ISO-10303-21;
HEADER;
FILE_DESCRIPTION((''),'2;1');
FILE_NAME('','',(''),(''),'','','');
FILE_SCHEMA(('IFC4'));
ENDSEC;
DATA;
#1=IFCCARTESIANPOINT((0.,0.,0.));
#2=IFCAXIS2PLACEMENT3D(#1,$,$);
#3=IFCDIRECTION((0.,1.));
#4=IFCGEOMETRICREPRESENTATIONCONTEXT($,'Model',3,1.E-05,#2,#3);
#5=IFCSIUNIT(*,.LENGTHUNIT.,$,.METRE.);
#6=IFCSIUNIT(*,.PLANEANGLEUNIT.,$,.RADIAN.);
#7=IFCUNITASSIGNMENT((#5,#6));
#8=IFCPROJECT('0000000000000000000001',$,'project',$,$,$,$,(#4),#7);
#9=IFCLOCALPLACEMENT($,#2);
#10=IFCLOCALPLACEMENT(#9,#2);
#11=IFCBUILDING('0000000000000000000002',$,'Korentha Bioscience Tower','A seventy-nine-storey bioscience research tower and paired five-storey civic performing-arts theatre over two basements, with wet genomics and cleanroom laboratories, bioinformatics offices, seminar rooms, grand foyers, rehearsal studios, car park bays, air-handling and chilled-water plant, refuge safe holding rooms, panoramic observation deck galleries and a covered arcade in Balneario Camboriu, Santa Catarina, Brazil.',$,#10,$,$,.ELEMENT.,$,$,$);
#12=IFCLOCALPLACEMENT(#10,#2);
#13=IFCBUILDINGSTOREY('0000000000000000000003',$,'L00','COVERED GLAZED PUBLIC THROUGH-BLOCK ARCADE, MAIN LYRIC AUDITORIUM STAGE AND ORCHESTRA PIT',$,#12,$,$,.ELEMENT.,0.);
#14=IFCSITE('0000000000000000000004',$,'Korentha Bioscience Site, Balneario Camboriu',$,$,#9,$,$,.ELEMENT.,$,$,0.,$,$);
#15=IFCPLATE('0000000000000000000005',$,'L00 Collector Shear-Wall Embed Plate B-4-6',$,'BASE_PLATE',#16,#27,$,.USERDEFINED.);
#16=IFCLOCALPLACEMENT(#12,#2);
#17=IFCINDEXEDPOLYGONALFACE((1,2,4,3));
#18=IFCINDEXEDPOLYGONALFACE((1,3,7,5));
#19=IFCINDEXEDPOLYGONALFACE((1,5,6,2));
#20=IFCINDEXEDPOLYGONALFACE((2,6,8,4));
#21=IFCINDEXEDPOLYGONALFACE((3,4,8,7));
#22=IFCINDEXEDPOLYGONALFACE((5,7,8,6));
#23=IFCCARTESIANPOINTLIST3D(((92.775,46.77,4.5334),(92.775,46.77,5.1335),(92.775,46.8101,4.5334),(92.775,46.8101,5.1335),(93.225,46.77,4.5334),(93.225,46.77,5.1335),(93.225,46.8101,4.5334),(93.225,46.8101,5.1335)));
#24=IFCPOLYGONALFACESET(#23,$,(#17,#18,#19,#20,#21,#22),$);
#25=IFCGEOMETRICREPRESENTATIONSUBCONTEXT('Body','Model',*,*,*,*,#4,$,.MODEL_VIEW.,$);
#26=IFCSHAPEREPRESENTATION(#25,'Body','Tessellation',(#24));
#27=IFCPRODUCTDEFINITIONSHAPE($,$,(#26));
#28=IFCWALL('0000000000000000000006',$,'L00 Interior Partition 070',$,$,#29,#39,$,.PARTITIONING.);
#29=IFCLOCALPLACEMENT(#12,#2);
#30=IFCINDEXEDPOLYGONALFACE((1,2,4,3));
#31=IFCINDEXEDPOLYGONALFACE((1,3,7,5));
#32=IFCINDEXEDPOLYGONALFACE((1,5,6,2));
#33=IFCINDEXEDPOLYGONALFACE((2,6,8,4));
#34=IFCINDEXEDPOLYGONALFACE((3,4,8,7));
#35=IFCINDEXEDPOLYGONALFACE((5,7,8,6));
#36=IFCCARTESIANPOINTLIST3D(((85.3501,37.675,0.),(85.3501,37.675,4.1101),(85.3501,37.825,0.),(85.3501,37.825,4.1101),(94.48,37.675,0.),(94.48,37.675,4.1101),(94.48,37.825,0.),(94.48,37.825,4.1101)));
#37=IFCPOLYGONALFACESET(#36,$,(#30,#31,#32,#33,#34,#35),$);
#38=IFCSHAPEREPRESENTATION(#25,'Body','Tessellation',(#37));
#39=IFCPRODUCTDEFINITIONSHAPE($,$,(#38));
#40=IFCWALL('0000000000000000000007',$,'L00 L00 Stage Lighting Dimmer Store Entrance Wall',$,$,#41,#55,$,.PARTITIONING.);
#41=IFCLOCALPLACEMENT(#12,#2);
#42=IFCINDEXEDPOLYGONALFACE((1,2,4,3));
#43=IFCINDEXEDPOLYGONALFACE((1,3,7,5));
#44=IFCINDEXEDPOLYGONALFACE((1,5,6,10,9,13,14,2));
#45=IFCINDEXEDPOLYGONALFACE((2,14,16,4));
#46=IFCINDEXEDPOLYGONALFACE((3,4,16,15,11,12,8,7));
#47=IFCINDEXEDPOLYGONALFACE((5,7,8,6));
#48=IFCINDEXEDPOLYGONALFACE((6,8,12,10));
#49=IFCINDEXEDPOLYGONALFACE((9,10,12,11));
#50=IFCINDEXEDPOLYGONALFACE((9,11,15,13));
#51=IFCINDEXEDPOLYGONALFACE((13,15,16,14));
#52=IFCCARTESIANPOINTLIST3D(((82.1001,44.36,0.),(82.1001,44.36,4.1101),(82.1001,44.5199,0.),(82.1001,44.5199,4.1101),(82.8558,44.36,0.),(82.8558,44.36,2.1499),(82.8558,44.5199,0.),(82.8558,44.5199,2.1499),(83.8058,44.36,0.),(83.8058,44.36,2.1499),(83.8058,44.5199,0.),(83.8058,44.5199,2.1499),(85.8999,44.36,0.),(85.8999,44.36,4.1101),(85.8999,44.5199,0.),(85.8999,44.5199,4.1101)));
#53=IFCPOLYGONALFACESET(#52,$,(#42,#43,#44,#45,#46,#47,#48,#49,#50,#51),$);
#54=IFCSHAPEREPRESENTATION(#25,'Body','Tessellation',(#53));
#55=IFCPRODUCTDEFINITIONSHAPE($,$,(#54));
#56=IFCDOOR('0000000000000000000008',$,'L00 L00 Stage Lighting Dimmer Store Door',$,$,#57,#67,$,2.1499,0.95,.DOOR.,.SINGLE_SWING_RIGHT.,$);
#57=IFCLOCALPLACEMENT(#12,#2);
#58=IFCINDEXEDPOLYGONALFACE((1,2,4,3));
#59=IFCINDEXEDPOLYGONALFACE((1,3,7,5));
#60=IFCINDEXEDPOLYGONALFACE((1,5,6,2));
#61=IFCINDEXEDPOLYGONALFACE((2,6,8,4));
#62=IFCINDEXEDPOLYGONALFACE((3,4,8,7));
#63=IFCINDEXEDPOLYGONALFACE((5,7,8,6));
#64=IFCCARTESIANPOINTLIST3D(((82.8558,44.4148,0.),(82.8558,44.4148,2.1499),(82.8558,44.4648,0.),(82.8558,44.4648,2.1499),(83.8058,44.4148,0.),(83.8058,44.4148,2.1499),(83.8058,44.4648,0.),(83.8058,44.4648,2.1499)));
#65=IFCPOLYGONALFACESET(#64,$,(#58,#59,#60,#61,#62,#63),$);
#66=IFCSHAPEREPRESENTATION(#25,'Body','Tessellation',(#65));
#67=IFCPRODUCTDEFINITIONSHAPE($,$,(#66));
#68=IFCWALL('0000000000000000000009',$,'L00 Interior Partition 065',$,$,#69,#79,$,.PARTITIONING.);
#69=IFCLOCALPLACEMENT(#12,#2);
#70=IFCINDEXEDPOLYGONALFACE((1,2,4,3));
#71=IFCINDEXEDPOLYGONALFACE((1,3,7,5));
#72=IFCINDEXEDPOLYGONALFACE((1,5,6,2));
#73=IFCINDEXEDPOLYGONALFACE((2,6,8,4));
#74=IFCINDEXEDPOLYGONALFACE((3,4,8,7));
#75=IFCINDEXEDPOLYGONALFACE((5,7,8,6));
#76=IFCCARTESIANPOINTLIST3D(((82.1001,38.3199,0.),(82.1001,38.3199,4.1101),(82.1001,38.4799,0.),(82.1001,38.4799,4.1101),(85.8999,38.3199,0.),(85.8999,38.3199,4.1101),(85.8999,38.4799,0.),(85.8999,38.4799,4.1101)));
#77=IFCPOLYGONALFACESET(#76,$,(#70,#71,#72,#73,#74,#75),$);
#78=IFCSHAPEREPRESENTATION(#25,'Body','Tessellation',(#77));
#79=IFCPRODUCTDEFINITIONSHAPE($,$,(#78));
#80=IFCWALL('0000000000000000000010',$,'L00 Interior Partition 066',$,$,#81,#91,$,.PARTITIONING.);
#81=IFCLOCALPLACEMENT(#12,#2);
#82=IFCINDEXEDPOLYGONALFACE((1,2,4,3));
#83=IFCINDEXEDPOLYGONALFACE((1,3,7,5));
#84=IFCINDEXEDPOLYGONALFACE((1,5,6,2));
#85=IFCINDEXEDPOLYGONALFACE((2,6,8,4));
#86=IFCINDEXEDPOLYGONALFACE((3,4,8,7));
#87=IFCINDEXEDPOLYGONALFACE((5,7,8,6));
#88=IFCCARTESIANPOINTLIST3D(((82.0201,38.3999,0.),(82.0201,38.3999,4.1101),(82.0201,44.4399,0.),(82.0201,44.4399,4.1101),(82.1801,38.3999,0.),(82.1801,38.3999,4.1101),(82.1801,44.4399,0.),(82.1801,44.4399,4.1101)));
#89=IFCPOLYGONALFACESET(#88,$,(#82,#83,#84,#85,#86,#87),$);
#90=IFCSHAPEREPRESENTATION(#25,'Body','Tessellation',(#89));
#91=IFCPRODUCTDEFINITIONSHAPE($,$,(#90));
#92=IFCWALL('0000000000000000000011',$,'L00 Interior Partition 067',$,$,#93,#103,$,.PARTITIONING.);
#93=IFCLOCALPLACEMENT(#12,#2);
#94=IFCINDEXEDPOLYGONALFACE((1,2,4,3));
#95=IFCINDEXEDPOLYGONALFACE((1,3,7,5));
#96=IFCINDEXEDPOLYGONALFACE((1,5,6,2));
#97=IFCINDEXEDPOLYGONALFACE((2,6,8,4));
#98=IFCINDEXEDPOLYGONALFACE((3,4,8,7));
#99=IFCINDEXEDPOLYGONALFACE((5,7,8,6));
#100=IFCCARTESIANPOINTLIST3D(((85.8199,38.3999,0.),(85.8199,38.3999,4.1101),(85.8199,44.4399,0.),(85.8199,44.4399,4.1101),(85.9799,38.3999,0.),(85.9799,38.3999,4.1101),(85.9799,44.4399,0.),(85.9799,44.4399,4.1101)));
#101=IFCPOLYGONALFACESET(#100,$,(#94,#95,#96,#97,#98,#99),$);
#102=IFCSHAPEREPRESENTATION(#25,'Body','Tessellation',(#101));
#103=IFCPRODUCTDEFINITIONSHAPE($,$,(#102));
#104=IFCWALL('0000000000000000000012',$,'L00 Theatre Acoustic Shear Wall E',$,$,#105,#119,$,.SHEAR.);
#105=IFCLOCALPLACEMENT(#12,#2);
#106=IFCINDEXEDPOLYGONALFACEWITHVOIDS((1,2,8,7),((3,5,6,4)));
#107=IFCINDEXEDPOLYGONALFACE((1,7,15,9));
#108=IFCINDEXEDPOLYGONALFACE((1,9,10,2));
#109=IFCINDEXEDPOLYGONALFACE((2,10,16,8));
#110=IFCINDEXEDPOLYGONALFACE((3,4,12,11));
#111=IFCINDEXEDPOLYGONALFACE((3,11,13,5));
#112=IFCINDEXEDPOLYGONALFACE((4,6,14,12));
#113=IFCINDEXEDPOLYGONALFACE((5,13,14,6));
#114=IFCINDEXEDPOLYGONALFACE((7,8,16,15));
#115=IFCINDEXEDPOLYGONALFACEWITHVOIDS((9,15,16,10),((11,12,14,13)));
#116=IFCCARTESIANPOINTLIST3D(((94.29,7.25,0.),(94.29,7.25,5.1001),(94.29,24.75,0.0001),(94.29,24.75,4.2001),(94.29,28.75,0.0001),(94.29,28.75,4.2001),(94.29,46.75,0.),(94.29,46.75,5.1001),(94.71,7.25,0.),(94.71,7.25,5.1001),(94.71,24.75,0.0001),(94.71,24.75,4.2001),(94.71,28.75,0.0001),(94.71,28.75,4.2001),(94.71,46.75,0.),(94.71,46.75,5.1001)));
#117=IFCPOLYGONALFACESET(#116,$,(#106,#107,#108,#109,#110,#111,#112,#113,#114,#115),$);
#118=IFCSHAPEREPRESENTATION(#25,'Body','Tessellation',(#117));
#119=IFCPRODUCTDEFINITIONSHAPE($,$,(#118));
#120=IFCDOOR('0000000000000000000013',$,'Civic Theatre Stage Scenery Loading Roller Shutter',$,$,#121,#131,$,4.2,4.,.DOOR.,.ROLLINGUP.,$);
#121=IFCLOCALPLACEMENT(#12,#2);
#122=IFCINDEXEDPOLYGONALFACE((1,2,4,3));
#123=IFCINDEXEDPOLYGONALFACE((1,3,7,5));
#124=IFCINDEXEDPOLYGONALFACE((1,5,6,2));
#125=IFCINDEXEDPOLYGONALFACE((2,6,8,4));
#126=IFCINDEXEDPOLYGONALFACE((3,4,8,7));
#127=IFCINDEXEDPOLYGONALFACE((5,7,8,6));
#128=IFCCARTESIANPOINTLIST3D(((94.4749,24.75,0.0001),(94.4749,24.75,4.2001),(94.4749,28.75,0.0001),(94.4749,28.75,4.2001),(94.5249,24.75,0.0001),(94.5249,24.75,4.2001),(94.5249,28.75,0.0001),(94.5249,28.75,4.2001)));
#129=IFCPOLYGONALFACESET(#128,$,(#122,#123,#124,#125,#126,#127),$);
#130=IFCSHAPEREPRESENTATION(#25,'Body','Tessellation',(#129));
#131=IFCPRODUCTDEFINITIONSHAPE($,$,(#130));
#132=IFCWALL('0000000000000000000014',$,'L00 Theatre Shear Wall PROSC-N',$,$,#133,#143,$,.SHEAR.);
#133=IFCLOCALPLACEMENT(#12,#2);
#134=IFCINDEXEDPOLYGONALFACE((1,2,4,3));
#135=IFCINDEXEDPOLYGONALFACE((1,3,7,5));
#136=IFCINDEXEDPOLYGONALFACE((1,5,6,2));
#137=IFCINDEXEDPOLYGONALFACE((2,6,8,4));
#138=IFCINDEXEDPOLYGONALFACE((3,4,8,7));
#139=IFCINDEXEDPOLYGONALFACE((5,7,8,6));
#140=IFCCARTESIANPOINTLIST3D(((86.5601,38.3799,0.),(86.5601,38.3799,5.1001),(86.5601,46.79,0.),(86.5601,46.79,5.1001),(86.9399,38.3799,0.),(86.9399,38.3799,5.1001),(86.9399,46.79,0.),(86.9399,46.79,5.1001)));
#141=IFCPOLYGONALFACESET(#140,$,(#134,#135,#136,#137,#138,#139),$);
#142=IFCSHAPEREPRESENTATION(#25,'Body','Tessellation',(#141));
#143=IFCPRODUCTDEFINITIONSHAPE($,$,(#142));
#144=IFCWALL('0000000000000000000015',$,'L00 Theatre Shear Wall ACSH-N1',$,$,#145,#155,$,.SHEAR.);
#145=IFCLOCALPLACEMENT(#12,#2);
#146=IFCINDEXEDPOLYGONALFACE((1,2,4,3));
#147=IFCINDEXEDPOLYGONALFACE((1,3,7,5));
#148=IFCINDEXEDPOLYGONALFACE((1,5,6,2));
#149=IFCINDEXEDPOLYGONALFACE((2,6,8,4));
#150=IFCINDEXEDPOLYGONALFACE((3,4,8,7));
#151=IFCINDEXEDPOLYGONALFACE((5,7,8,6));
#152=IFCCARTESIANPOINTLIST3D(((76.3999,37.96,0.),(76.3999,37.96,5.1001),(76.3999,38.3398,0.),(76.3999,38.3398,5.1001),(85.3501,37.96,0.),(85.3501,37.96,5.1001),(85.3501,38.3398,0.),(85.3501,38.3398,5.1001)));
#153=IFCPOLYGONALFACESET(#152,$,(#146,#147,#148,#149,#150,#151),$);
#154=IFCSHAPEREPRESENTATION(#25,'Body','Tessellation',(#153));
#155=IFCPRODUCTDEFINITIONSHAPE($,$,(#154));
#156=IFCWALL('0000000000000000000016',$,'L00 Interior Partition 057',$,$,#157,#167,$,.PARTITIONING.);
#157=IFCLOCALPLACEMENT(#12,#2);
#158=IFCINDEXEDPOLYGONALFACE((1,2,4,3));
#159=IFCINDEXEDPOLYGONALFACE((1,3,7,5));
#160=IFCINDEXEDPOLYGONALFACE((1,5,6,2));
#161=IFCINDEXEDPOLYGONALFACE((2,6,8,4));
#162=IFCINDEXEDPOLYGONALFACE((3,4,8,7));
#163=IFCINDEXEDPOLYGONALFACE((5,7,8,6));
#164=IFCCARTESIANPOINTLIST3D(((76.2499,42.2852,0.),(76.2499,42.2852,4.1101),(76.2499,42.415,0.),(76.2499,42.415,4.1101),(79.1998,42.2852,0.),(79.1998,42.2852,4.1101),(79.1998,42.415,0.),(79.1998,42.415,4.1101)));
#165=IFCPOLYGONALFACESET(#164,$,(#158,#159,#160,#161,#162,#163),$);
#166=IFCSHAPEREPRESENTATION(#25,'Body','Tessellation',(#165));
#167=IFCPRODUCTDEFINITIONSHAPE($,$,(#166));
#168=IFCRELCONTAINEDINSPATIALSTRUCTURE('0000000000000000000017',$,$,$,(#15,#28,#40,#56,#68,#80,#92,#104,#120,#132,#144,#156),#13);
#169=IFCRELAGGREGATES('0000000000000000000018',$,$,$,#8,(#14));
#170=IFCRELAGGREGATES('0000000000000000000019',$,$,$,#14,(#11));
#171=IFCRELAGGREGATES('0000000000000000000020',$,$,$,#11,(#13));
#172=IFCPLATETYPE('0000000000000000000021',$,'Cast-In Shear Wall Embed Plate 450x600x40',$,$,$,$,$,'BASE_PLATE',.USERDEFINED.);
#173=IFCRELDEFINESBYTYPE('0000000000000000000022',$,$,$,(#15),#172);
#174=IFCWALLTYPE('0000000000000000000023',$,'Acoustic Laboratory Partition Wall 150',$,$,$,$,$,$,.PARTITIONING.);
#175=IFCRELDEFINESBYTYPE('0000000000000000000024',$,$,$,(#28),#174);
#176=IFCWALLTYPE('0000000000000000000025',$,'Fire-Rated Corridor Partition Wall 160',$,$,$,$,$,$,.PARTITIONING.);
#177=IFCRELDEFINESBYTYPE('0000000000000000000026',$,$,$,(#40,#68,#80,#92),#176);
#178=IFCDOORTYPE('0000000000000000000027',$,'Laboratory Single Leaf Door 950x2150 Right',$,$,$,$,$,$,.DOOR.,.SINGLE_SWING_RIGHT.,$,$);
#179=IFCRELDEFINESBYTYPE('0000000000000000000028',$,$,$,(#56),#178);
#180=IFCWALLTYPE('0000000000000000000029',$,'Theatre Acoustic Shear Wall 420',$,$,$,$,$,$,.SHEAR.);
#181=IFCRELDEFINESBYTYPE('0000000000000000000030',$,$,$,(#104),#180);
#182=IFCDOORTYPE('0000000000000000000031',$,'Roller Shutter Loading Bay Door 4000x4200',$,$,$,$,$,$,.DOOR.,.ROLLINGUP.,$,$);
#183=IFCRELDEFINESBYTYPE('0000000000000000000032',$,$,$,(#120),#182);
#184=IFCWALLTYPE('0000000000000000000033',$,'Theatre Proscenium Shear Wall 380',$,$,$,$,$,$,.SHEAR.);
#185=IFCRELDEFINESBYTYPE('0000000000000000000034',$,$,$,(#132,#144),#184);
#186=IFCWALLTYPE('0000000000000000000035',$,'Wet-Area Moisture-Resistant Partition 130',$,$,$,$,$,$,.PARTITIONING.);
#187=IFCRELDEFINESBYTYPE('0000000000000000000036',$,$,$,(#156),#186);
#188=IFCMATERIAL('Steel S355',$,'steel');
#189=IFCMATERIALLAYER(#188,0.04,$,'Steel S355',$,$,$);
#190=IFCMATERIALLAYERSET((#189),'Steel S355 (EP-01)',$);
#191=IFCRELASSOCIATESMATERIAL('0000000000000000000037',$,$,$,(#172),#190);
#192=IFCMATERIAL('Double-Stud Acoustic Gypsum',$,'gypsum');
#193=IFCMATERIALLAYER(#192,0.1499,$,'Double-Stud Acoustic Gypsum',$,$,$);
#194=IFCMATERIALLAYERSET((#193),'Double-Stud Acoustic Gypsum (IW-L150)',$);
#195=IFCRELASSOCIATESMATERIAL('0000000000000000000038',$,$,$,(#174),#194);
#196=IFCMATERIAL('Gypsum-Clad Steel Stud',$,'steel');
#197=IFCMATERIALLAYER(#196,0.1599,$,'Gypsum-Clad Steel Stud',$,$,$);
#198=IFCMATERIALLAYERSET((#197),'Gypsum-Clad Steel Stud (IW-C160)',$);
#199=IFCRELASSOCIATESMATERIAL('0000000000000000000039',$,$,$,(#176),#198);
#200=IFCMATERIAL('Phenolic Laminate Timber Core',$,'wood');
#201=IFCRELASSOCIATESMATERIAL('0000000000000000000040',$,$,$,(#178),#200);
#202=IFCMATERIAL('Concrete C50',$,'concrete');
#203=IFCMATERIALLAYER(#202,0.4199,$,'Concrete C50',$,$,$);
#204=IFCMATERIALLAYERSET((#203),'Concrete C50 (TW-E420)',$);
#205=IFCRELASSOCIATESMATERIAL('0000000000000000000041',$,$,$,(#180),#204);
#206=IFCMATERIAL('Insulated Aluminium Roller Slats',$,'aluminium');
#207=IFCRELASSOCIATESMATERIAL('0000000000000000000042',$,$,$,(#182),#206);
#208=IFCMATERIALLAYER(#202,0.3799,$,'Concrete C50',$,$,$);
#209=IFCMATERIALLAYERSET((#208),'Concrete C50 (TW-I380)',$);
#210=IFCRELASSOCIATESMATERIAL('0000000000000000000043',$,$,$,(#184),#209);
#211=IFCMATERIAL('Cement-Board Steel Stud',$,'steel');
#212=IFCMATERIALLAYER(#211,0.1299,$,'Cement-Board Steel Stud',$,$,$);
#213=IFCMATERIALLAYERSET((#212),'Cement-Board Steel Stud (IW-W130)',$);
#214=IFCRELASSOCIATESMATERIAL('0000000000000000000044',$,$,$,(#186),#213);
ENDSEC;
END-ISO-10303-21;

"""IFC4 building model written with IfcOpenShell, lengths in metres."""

from ifc_helpers import new_model, si_unit, direction, frame, frame_2d, origin, origin_2d, place, context, subcontext, project, spatial, rectangle, extrude, material, layer, layer_set, type_object, element, fill, save


model = new_model("IFC4")

# Units and contexts
model_context = context("Model", 3, precision=1e-05, world=origin(), true_north=direction((0.0, 1.0)))
body_context = subcontext(model_context, "Body", "Model", "MODEL_VIEW")
ifc_project = project(units=[si_unit("LENGTHUNIT", "METRE"), si_unit("PLANEANGLEUNIT", "RADIAN")], contexts=[model_context])

# Site, building, storey
site_placement = place(None, origin())
site = spatial("IfcSite", under=ifc_project, at=site_placement, Name="Korentha Bioscience Site, Balneario Camboriu", CompositionType="ELEMENT", RefElevation=0.0)
building_placement = place(site_placement, origin())
building = spatial("IfcBuilding", under=site, at=building_placement, Name="Korentha Bioscience Tower", Description="A seventy-nine-storey bioscience research tower and paired five-storey civic performing-arts theatre over two basements, with wet genomics and cleanroom laboratories, bioinformatics offices, seminar rooms, grand foyers, rehearsal studios, car park bays, air-handling and chilled-water plant, refuge safe holding rooms, panoramic observation deck galleries and a covered arcade in Balneario Camboriu, Santa Catarina, Brazil.", CompositionType="ELEMENT")
storey_placement = place(building_placement, origin())
storey = spatial("IfcBuildingStorey", under=building, at=storey_placement, Name="L00", Description="COVERED GLAZED PUBLIC THROUGH-BLOCK ARCADE, MAIN LYRIC AUDITORIUM STAGE AND ORCHESTRA PIT", CompositionType="ELEMENT", Elevation=0.0)

# Shared definitions
ifc_material_1 = material(Name="Concrete C50", Category="concrete")

# Shared definitions
ifc_material_2 = material(Name="Steel S355", Category="steel")

# Plate
ifc_layer_1 = layer(ifc_material_2, 0.04, Name="Steel S355")
ifc_layer_set_1 = layer_set([ifc_layer_1], Name="Steel S355 (EP-01)")
plate_type = type_object("IfcPlateType", Name="Cast-In Shear Wall Embed Plate 450x600x40", ElementType="BASE_PLATE", PredefinedType="USERDEFINED", material=ifc_layer_set_1)
for number, where, z_axis, x_axis, name in (
    (1, (93.0, 46.79, 4.5334), (0.0, 0.0, 1.0), (1.0, 0.0, 0.0), "L00 Collector Shear-Wall Embed Plate B-4-6"),
):
    element("IfcPlate", number, at=place(storey_placement, frame(where, z_axis=z_axis, x_axis=x_axis)), inside=storey, type_object=plate_type, Name=name, ObjectType="BASE_PLATE", PredefinedType="USERDEFINED", context=body_context, shape_type="SweptSolid", body=[
        extrude(rectangle(XDim=0.45, YDim=0.04, at=origin_2d()), origin(), (0.0, 0.0, 1.0), 0.6001),
    ])

# Wall
ifc_material_3 = material(Name="Double-Stud Acoustic Gypsum", Category="gypsum")
ifc_layer_2 = layer(ifc_material_3, 0.1499, Name="Double-Stud Acoustic Gypsum")
ifc_layer_set_2 = layer_set([ifc_layer_2], Name="Double-Stud Acoustic Gypsum (IW-L150)")
wall_type_1 = type_object("IfcWallType", Name="Acoustic Laboratory Partition Wall 150", PredefinedType="PARTITIONING", material=ifc_layer_set_2)
wall_1_placement = place(storey_placement, frame((85.3501, 37.75, 0.0), z_axis=(0.0, 0.0, 1.0), x_axis=(1.0, 0.0, 0.0)))
element("IfcWall", 2, at=wall_1_placement, inside=storey, type_object=wall_type_1, Name="L00 Interior Partition 070", PredefinedType="PARTITIONING", context=body_context, shape_type="SweptSolid", body=[
    extrude(rectangle(XDim=9.1299, YDim=0.1499, at=frame_2d((4.5649, 0.0))), origin(), (0.0, 0.0, 1.0), 4.1101),
])

# Wall, opening, door
ifc_material_4 = material(Name="Gypsum-Clad Steel Stud", Category="steel")
ifc_layer_3 = layer(ifc_material_4, 0.1599, Name="Gypsum-Clad Steel Stud")
ifc_layer_set_3 = layer_set([ifc_layer_3], Name="Gypsum-Clad Steel Stud (IW-C160)")
wall_type_2 = type_object("IfcWallType", Name="Fire-Rated Corridor Partition Wall 160", PredefinedType="PARTITIONING", material=ifc_layer_set_3)
wall_2_placement = place(storey_placement, frame((82.1001, 44.4399, 0.0), z_axis=(0.0, 0.0, 1.0), x_axis=(1.0, 0.0, 0.0)))
wall_2 = element("IfcWall", 3, at=wall_2_placement, inside=storey, type_object=wall_type_2, Name="L00 L00 Stage Lighting Dimmer Store Entrance Wall", PredefinedType="PARTITIONING", context=body_context, shape_type="SweptSolid", body=[
    extrude(rectangle(XDim=3.7998, YDim=0.1599, at=frame_2d((1.8999, 0.0))), origin(), (0.0, 0.0, 1.0), 4.1101),
])
opening_1_placement = place(wall_2_placement, frame((0.7556, 0.0, 0.0)))
opening_1 = element("IfcOpeningElement", 4, at=opening_1_placement, cuts=wall_2, PredefinedType="OPENING", context=body_context, shape_type="SweptSolid", body=[
    extrude(rectangle(XDim=0.95, YDim=2.1499, at=frame_2d((0.4751, 1.075))), frame((0.0, 0.0947, 0.0), z_axis=(0.0, -1.0, 0.0), x_axis=(1.0, 0.0, 0.0)), (0.0, 0.0, 1.0), 0.1897),
])
ifc_material_5 = material(Name="Phenolic Laminate Timber Core", Category="wood")
door_type_1 = type_object("IfcDoorType", Name="Laboratory Single Leaf Door 950x2150 Right", OperationType="SINGLE_SWING_RIGHT", PredefinedType="DOOR", material=ifc_material_5)
door_1_placement = place(opening_1_placement, origin())
door_1 = element("IfcDoor", 5, at=door_1_placement, inside=storey, type_object=door_type_1, Name="L00 L00 Stage Lighting Dimmer Store Door", OperationType="SINGLE_SWING_RIGHT", OverallHeight=2.1499, OverallWidth=0.95, PredefinedType="DOOR", context=body_context, shape_type="SweptSolid", body=[
    extrude(rectangle(XDim=0.95, YDim=2.1499, at=frame_2d((0.4751, 1.075))), frame((0.0, 0.0249, 0.0), z_axis=(0.0, -1.0, 0.0), x_axis=(1.0, 0.0, 0.0)), (0.0, 0.0, 1.0), 0.05),
])
fill(opening_1, door_1)

# Walls
wall_3_placement = place(storey_placement, frame((85.8999, 38.3999, 0.0), z_axis=(0.0, 0.0, 1.0), x_axis=(-1.0, 0.0, 0.0)))
element("IfcWall", 6, at=wall_3_placement, inside=storey, type_object=wall_type_2, Name="L00 Interior Partition 065", PredefinedType="PARTITIONING", context=body_context, shape_type="SweptSolid", body=[
    extrude(rectangle(XDim=3.7998, YDim=0.1599, at=frame_2d((1.8999, 0.0))), origin(), (0.0, 0.0, 1.0), 4.1101),
])
for number, where, z_axis, x_axis, name in (
    (7, (82.1001, 38.3999, 0.0), (0.0, 0.0, 1.0), (0.0, 1.0, 0.0), "L00 Interior Partition 066"),
    (8, (85.8999, 44.4399, 0.0), (0.0, 0.0, 1.0), (0.0, -1.0, 0.0), "L00 Interior Partition 067"),
):
    element("IfcWall", number, at=place(storey_placement, frame(where, z_axis=z_axis, x_axis=x_axis)), inside=storey, type_object=wall_type_2, Name=name, PredefinedType="PARTITIONING", context=body_context, shape_type="SweptSolid", body=[
        extrude(rectangle(XDim=6.04, YDim=0.1599, at=frame_2d((3.02, 0.0))), origin(), (0.0, 0.0, 1.0), 4.1101),
    ])

# Wall, opening, door
ifc_layer_4 = layer(ifc_material_1, 0.4199, Name="Concrete C50")
ifc_layer_set_4 = layer_set([ifc_layer_4], Name="Concrete C50 (TW-E420)")
wall_type_3 = type_object("IfcWallType", Name="Theatre Acoustic Shear Wall 420", PredefinedType="SHEAR", material=ifc_layer_set_4)
wall_4_placement = place(storey_placement, frame((94.5, 46.75, 0.0), z_axis=(0.0, 0.0, 1.0), x_axis=(0.0, -1.0, 0.0)))
wall_4 = element("IfcWall", 9, at=wall_4_placement, inside=storey, type_object=wall_type_3, Name="L00 Theatre Acoustic Shear Wall E", PredefinedType="SHEAR", context=body_context, shape_type="SweptSolid", body=[
    extrude(rectangle(XDim=39.5, YDim=0.4199, at=frame_2d((19.75, 0.0))), origin(), (0.0, 0.0, 1.0), 5.1001),
])
opening_2_placement = place(wall_4_placement, frame((18.0, 0.0, 0.0)))
opening_2 = element("IfcOpeningElement", 10, at=opening_2_placement, cuts=wall_4, PredefinedType="OPENING", context=body_context, shape_type="SweptSolid", body=[
    extrude(rectangle(XDim=4.0, YDim=4.2, at=frame_2d((2.0, 2.1001))), frame((0.0, 0.2249, 0.0), z_axis=(0.0, -1.0, 0.0), x_axis=(1.0, 0.0, 0.0)), (0.0, 0.0, 1.0), 0.4497),
])
ifc_material_6 = material(Name="Insulated Aluminium Roller Slats", Category="aluminium")
door_type_2 = type_object("IfcDoorType", Name="Roller Shutter Loading Bay Door 4000x4200", OperationType="ROLLINGUP", PredefinedType="DOOR", material=ifc_material_6)
door_2_placement = place(opening_2_placement, origin())
door_2 = element("IfcDoor", 11, at=door_2_placement, inside=storey, type_object=door_type_2, Name="Civic Theatre Stage Scenery Loading Roller Shutter", OperationType="ROLLINGUP", OverallHeight=4.2, OverallWidth=4.0, PredefinedType="DOOR", context=body_context, shape_type="SweptSolid", body=[
    extrude(rectangle(XDim=4.0, YDim=4.2, at=frame_2d((2.0, 2.1001))), frame((0.0, 0.0249, 0.0), z_axis=(0.0, -1.0, 0.0), x_axis=(1.0, 0.0, 0.0)), (0.0, 0.0, 1.0), 0.05),
])
fill(opening_2, door_2)

# Walls
ifc_layer_5 = layer(ifc_material_1, 0.3799, Name="Concrete C50")
ifc_layer_set_5 = layer_set([ifc_layer_5], Name="Concrete C50 (TW-I380)")
wall_type_4 = type_object("IfcWallType", Name="Theatre Proscenium Shear Wall 380", PredefinedType="SHEAR", material=ifc_layer_set_5)
wall_5_placement = place(storey_placement, frame((86.75, 38.3799, 0.0), z_axis=(0.0, 0.0, 1.0), x_axis=(0.0, 1.0, 0.0)))
element("IfcWall", 12, at=wall_5_placement, inside=storey, type_object=wall_type_4, Name="L00 Theatre Shear Wall PROSC-N", PredefinedType="SHEAR", context=body_context, shape_type="SweptSolid", body=[
    extrude(rectangle(XDim=8.4102, YDim=0.3799, at=frame_2d((4.2051, 0.0))), origin(), (0.0, 0.0, 1.0), 5.1001),
])
wall_6_placement = place(storey_placement, frame((76.3999, 38.1499, 0.0), z_axis=(0.0, 0.0, 1.0), x_axis=(1.0, 0.0, 0.0)))
element("IfcWall", 13, at=wall_6_placement, inside=storey, type_object=wall_type_4, Name="L00 Theatre Shear Wall ACSH-N1", PredefinedType="SHEAR", context=body_context, shape_type="SweptSolid", body=[
    extrude(rectangle(XDim=8.9502, YDim=0.3799, at=frame_2d((4.4751, 0.0))), origin(), (0.0, 0.0, 1.0), 5.1001),
])

# Shared definitions
ifc_material_7 = material(Name="Cement-Board Steel Stud", Category="steel")
ifc_layer_6 = layer(ifc_material_7, 0.1299, Name="Cement-Board Steel Stud")
ifc_layer_set_6 = layer_set([ifc_layer_6], Name="Cement-Board Steel Stud (IW-W130)")
wall_type_5 = type_object("IfcWallType", Name="Wet-Area Moisture-Resistant Partition 130", PredefinedType="PARTITIONING", material=ifc_layer_set_6)

# Wall
wall_7_placement = place(storey_placement, frame((79.2, 42.3501, 0.0), z_axis=(0.0, 0.0, 1.0), x_axis=(-1.0, 0.0, 0.0)))
element("IfcWall", 14, at=wall_7_placement, inside=storey, type_object=wall_type_5, Name="L00 Interior Partition 057", PredefinedType="PARTITIONING", context=body_context, shape_type="SweptSolid", body=[
    extrude(rectangle(XDim=2.95, YDim=0.1299, at=frame_2d((1.4751, 0.0))), origin(), (0.0, 0.0, 1.0), 4.1101),
])

save(model, "model.ifc")
